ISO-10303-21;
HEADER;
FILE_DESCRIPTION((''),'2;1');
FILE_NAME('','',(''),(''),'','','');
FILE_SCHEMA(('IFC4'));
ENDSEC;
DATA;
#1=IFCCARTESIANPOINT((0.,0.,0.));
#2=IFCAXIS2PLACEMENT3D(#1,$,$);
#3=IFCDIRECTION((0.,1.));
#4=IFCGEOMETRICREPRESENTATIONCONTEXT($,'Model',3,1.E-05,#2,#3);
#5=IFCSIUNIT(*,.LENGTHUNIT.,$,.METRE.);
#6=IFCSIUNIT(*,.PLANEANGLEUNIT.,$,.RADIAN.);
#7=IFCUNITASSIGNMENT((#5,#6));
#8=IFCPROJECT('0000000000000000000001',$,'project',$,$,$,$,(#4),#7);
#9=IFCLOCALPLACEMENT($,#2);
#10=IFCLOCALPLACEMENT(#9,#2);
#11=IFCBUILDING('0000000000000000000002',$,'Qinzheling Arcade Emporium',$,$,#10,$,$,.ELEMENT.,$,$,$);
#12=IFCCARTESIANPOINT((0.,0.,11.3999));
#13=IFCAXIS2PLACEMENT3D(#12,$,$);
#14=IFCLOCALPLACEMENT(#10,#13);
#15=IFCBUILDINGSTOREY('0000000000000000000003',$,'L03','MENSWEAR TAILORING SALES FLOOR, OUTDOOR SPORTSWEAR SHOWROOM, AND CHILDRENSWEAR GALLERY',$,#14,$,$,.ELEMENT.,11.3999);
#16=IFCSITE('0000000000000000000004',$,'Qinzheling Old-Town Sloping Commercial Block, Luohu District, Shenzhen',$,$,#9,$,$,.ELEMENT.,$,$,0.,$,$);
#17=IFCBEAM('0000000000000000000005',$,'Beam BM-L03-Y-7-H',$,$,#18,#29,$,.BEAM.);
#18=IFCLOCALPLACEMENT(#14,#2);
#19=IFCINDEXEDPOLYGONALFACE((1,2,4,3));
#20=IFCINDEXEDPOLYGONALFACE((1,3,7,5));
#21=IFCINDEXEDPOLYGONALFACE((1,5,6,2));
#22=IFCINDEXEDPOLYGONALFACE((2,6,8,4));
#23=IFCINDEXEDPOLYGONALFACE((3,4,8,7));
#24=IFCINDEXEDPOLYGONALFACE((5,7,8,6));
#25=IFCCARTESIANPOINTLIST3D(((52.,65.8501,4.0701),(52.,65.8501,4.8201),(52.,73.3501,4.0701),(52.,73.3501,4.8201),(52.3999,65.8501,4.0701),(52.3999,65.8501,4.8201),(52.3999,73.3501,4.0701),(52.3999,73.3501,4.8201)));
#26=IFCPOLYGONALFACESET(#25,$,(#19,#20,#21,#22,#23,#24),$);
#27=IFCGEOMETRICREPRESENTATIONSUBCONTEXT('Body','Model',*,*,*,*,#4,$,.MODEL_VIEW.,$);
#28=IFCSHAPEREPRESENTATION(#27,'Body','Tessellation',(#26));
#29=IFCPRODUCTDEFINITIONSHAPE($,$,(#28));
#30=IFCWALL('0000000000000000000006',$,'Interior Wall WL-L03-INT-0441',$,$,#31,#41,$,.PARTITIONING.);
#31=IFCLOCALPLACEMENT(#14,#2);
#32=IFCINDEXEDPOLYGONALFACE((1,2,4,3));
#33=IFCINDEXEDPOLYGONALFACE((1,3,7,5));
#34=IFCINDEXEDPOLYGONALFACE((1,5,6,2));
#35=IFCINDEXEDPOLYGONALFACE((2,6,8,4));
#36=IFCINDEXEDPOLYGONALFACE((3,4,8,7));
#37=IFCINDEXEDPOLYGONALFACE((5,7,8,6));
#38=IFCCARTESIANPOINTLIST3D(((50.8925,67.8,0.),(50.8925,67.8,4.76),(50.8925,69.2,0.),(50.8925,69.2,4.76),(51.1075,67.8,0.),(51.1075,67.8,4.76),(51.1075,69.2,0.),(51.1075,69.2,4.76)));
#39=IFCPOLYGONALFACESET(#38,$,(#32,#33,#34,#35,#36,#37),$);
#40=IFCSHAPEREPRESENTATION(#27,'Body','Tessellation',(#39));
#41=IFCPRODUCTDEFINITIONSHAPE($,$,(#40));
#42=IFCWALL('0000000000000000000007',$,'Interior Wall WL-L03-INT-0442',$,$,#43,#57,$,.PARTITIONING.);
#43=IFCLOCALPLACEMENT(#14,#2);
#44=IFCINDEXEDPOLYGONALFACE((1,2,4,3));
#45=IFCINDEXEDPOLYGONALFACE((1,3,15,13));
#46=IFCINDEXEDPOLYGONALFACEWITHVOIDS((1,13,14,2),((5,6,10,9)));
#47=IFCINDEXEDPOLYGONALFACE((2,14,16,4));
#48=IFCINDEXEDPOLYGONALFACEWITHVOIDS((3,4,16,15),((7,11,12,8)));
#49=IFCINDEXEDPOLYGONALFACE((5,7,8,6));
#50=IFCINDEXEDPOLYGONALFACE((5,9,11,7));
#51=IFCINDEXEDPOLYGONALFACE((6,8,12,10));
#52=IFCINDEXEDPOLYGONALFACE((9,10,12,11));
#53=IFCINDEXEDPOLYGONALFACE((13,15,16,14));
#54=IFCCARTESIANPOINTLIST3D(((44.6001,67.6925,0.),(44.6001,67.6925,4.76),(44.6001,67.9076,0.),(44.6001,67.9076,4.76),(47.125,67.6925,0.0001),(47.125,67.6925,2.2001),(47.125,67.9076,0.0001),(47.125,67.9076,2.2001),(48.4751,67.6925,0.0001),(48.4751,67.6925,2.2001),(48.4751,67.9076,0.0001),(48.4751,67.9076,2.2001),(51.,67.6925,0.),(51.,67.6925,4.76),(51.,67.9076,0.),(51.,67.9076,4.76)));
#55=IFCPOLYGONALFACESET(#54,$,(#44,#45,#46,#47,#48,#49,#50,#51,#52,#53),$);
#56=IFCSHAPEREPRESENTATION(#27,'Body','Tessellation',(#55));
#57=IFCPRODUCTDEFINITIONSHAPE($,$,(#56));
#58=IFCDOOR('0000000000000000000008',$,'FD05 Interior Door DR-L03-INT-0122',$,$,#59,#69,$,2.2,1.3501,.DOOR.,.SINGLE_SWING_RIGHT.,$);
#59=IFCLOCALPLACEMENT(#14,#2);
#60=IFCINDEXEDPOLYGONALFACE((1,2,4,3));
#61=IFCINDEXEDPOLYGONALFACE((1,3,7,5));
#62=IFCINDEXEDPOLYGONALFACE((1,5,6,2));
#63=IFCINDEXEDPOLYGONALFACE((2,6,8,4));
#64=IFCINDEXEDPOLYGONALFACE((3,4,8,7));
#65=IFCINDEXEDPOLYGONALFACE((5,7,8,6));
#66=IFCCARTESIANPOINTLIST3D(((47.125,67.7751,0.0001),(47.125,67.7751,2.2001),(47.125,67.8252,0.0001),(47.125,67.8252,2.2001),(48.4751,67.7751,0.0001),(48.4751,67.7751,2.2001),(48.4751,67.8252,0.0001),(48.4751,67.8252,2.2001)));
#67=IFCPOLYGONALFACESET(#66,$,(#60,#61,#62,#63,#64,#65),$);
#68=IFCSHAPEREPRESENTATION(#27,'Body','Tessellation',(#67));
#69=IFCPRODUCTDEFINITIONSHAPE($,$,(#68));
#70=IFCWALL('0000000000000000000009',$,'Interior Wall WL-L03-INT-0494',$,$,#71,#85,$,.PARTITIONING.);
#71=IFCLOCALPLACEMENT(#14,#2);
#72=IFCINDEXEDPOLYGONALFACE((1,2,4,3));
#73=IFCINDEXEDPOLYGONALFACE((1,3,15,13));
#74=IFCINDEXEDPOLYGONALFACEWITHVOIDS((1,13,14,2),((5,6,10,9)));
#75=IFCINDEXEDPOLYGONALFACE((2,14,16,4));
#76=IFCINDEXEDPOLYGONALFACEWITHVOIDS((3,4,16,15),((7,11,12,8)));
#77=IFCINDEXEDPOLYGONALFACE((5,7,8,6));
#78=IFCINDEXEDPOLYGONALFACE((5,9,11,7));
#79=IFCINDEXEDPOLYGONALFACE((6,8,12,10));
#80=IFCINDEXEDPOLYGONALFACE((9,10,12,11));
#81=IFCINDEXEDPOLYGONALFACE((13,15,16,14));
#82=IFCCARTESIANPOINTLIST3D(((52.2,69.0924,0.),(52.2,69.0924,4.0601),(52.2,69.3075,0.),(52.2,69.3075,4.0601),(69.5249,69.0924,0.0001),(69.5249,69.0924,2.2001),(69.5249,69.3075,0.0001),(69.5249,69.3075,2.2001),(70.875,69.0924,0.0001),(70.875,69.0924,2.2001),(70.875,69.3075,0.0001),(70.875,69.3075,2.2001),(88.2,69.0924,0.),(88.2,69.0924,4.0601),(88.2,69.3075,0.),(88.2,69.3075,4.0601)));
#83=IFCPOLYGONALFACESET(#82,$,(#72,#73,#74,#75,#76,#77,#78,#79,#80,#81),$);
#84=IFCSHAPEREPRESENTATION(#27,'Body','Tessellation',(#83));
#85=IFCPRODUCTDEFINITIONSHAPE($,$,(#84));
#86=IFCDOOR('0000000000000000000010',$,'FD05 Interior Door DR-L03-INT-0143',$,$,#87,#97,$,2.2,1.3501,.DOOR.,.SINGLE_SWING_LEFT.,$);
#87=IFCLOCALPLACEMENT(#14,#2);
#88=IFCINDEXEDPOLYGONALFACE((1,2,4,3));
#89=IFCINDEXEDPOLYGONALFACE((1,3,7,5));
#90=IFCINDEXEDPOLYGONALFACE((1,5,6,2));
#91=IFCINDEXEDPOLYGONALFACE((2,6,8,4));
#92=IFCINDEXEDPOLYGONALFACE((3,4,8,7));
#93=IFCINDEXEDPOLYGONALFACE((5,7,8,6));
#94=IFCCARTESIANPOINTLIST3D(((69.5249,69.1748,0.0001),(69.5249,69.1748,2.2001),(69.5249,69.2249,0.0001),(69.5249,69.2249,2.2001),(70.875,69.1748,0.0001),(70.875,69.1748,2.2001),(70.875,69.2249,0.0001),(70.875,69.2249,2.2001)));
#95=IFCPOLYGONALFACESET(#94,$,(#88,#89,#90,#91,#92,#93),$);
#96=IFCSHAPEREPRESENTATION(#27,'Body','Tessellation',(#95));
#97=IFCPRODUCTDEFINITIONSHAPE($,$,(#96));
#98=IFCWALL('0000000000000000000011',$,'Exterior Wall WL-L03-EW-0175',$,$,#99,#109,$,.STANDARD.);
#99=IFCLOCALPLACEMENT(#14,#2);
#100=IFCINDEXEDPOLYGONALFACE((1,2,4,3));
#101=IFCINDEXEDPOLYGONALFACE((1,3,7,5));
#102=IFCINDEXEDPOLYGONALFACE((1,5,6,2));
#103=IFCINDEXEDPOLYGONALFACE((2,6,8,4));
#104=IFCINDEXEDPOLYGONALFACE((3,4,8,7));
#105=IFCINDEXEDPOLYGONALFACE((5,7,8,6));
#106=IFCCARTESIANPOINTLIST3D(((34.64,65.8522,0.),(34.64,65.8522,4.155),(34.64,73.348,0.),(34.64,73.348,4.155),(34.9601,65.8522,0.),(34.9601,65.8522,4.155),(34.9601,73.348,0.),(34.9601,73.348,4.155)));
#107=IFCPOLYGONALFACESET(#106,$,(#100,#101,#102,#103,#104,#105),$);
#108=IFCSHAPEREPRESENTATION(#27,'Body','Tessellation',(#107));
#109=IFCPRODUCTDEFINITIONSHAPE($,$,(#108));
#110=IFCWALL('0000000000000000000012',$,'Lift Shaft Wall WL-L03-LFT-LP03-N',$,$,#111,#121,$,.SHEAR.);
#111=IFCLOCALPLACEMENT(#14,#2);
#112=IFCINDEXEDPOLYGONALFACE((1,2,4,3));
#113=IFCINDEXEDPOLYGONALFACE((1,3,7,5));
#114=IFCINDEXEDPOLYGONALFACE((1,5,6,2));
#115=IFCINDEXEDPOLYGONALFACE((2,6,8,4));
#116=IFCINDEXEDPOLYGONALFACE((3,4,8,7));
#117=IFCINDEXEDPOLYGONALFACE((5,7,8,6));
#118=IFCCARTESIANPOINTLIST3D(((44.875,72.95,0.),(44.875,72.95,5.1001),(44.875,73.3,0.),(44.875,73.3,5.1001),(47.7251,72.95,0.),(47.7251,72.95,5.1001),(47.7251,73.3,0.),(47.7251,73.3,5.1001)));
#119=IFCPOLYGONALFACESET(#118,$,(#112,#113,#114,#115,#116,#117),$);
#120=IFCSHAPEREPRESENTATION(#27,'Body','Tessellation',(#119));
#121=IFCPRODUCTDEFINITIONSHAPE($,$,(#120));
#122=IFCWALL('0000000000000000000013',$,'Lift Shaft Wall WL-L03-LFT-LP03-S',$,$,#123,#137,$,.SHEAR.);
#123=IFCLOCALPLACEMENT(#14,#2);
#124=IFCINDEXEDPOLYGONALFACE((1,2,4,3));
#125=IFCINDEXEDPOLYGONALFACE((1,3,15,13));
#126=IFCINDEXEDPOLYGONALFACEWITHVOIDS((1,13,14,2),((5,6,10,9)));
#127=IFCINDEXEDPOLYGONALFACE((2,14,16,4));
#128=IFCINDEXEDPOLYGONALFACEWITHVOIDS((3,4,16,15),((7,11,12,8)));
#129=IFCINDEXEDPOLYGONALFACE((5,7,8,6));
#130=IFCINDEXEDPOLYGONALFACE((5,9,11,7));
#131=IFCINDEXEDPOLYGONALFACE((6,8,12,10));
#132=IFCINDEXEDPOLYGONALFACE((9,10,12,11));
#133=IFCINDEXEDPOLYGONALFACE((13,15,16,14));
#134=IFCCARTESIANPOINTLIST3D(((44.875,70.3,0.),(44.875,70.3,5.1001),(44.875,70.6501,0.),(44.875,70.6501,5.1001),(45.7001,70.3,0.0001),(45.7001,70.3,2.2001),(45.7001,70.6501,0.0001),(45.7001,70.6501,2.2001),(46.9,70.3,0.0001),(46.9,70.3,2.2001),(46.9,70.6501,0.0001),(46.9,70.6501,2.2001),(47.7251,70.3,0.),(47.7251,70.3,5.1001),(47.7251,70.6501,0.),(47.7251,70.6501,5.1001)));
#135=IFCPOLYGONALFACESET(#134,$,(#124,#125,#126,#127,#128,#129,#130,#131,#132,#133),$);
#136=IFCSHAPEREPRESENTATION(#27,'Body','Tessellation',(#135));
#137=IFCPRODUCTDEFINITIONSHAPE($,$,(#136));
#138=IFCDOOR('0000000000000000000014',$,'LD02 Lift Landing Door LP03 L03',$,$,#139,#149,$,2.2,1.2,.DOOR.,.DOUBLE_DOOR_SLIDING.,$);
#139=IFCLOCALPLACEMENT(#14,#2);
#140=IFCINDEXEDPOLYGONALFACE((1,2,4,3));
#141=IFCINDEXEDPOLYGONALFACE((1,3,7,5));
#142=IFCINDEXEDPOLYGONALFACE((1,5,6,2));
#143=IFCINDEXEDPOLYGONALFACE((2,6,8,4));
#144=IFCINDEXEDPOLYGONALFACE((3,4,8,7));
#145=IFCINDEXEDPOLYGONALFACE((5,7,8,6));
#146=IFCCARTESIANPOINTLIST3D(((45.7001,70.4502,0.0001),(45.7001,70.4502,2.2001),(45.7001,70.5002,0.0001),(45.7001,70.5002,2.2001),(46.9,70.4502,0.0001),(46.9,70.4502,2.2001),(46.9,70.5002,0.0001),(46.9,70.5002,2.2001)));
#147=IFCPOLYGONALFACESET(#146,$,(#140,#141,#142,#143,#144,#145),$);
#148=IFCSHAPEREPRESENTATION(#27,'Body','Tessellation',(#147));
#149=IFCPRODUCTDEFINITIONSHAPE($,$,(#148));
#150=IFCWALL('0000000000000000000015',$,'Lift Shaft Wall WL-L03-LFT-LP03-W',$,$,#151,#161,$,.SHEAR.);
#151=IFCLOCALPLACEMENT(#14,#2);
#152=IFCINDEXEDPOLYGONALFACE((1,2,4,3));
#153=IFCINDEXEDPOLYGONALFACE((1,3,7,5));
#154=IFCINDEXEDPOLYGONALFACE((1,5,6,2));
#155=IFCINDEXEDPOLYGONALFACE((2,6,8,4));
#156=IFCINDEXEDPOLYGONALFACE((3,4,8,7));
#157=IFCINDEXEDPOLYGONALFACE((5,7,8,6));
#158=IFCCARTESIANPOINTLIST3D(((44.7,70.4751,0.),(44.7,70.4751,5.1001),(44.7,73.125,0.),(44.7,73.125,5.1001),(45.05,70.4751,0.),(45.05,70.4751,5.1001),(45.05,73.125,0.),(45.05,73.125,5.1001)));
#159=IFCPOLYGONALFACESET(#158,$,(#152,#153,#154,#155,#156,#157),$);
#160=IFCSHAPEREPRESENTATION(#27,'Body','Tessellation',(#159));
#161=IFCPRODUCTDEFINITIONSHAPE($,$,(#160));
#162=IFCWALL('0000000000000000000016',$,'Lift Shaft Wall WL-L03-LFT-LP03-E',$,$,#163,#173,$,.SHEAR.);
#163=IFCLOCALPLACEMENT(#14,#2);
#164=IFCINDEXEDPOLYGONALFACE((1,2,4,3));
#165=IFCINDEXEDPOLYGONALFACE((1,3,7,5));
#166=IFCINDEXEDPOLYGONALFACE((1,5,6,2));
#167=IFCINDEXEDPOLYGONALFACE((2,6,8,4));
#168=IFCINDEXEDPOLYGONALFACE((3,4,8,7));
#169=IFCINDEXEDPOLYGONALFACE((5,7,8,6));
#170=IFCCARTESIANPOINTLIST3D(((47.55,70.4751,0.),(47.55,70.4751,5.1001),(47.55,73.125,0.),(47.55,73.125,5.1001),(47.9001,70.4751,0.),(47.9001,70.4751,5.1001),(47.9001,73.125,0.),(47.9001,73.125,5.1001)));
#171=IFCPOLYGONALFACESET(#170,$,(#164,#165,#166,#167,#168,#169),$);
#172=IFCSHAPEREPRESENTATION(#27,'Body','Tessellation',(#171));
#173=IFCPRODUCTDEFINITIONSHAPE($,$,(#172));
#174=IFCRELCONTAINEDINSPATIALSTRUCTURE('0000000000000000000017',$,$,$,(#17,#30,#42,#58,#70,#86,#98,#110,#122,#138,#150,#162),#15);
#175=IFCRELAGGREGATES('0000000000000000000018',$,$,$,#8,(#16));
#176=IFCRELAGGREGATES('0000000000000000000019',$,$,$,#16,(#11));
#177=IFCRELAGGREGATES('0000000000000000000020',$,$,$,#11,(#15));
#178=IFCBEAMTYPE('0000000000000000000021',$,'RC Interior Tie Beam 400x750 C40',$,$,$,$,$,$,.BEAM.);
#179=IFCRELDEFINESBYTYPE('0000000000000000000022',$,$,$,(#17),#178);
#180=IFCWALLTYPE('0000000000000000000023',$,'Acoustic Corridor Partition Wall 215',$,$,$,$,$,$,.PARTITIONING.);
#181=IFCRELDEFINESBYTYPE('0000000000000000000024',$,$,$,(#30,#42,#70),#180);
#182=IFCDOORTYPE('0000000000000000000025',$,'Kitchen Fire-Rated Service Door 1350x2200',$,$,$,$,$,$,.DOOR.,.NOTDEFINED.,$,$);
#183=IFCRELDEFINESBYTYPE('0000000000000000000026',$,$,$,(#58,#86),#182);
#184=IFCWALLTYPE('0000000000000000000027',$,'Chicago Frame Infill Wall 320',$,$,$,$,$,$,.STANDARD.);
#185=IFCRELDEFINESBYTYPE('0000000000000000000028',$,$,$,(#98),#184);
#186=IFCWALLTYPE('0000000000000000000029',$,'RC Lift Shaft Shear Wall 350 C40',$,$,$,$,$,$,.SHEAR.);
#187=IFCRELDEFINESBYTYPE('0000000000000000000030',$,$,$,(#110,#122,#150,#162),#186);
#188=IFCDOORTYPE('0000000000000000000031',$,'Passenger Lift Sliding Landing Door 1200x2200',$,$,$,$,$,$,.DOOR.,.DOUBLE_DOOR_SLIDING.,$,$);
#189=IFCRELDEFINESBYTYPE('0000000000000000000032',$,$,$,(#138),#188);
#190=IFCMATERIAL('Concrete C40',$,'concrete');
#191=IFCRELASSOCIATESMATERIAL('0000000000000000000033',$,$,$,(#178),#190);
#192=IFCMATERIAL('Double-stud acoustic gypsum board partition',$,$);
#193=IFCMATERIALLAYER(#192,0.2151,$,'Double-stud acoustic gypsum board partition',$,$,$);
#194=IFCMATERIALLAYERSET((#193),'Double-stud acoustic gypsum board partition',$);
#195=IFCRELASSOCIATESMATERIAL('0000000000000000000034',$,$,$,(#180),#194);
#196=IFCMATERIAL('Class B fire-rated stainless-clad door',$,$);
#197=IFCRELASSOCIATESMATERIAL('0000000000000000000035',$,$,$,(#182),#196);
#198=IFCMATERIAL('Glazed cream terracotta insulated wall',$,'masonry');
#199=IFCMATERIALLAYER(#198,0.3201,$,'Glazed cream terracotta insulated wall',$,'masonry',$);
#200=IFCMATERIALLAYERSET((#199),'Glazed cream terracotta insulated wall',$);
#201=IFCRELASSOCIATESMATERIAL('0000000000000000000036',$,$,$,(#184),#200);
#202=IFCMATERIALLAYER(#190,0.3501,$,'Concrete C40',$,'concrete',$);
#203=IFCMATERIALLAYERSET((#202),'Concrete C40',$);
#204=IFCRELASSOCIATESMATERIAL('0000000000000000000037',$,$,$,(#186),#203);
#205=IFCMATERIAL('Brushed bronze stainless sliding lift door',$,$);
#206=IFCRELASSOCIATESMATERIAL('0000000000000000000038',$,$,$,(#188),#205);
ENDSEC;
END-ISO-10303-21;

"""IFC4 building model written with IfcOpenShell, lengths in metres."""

from ifc_helpers import new_model, si_unit, direction, frame, frame_2d, origin, origin_2d, place, context, subcontext, project, spatial, rectangle, extrude, material, layer, layer_set, material_profile, profile_set, type_object, element, fill, save


model = new_model("IFC4")

# Units and contexts
model_context = context("Model", 3, precision=1e-05, world=origin(), true_north=direction((0.0, 1.0)))
body_context = subcontext(model_context, "Body", "Model", "MODEL_VIEW")
ifc_project = project(units=[si_unit("LENGTHUNIT", "METRE"), si_unit("PLANEANGLEUNIT", "RADIAN")], contexts=[model_context])

# Site, building, storey
site_placement = place(None, origin())
site = spatial("IfcSite", under=ifc_project, at=site_placement, Name="Qinzheling Old-Town Sloping Commercial Block, Luohu District, Shenzhen", CompositionType="ELEMENT", RefElevation=0.0)
building_placement = place(site_placement, origin())
building = spatial("IfcBuilding", under=site, at=building_placement, Name="Qinzheling Arcade Emporium", CompositionType="ELEMENT")
storey_placement = place(building_placement, frame((0.0, 0.0, 11.3999)))
storey = spatial("IfcBuildingStorey", under=building, at=storey_placement, Name="L03", Description="MENSWEAR TAILORING SALES FLOOR, OUTDOOR SPORTSWEAR SHOWROOM, AND CHILDRENSWEAR GALLERY", CompositionType="ELEMENT", Elevation=11.3999)

# Beam
ifc_material_1 = material(Name="Concrete C40", Category="concrete")
ifc_material_profile = material_profile(ifc_material_1, rectangle(XDim=0.3999, YDim=0.75, at=origin_2d()), Name="RC 400x750", Category="concrete")
ifc_profile_set = profile_set([ifc_material_profile], Name="Concrete C40")
beam_type = type_object("IfcBeamType", Name="RC Interior Tie Beam 400x750 C40", PredefinedType="BEAM", material=ifc_profile_set)
beam_placement = place(storey_placement, frame((52.2, 65.8501, 4.4451), z_axis=(0.0, 1.0, 0.0), x_axis=(-1.0, 0.0, 0.0)))
element("IfcBeam", 1, at=beam_placement, inside=storey, type_object=beam_type, Name="Beam BM-L03-Y-7-H", PredefinedType="BEAM", context=body_context, shape_type="SweptSolid", body=[
    extrude(rectangle(XDim=0.3999, YDim=0.75, at=origin_2d()), origin(), (0.0, 0.0, 1.0), 7.5),
])

# Wall
ifc_material_2 = material(Name="Double-stud acoustic gypsum board partition")
ifc_layer_1 = layer(ifc_material_2, 0.2151, Name="Double-stud acoustic gypsum board partition")
ifc_layer_set_1 = layer_set([ifc_layer_1], Name="Double-stud acoustic gypsum board partition")
wall_type_1 = type_object("IfcWallType", Name="Acoustic Corridor Partition Wall 215", PredefinedType="PARTITIONING", material=ifc_layer_set_1)
wall_1_placement = place(storey_placement, frame((51.0, 69.2, 0.0), z_axis=(0.0, 0.0, 1.0), x_axis=(0.0, -1.0, 0.0)))
element("IfcWall", 2, at=wall_1_placement, inside=storey, type_object=wall_type_1, Name="Interior Wall WL-L03-INT-0441", PredefinedType="PARTITIONING", context=body_context, shape_type="SweptSolid", body=[
    extrude(rectangle(XDim=1.3999, YDim=0.2151, at=frame_2d((0.7, 0.0))), origin(), (0.0, 0.0, 1.0), 4.76),
])

# Walls, openings, doors
wall_2_placement = place(storey_placement, frame((51.0, 67.8, 0.0), z_axis=(0.0, 0.0, 1.0), x_axis=(-1.0, 0.0, 0.0)))
wall_2 = element("IfcWall", 3, at=wall_2_placement, inside=storey, type_object=wall_type_1, Name="Interior Wall WL-L03-INT-0442", PredefinedType="PARTITIONING", context=body_context, shape_type="SweptSolid", body=[
    extrude(rectangle(XDim=6.3999, YDim=0.2151, at=frame_2d((3.2, 0.0))), origin(), (0.0, 0.0, 1.0), 4.76),
])
opening_1_placement = place(wall_2_placement, frame((2.5249, 0.0, 0.0)))
opening_1 = element("IfcOpeningElement", 4, at=opening_1_placement, cuts=wall_2, PredefinedType="OPENING", context=body_context, shape_type="SweptSolid", body=[
    extrude(rectangle(XDim=1.3501, YDim=2.2, at=frame_2d((0.675, 1.1001))), frame((0.0, 0.1177, 0.0), z_axis=(0.0, -1.0, 0.0), x_axis=(1.0, 0.0, 0.0)), (0.0, 0.0, 1.0), 0.2351),
])
ifc_material_3 = material(Name="Class B fire-rated stainless-clad door")
door_type_1 = type_object("IfcDoorType", Name="Kitchen Fire-Rated Service Door 1350x2200", OperationType="NOTDEFINED", PredefinedType="DOOR", material=ifc_material_3)
door_1_placement = place(opening_1_placement, origin())
door_1 = element("IfcDoor", 5, at=door_1_placement, inside=storey, type_object=door_type_1, Name="FD05 Interior Door DR-L03-INT-0122", OperationType="SINGLE_SWING_RIGHT", OverallHeight=2.2, OverallWidth=1.3501, PredefinedType="DOOR", context=body_context, shape_type="SweptSolid", body=[
    extrude(rectangle(XDim=1.3501, YDim=2.2, at=frame_2d((0.675, 1.1001))), frame((0.0, 0.0249, 0.0), z_axis=(0.0, -1.0, 0.0), x_axis=(1.0, 0.0, 0.0)), (0.0, 0.0, 1.0), 0.05),
])
fill(opening_1, door_1)
wall_3_placement = place(storey_placement, frame((52.2, 69.2, 0.0), z_axis=(0.0, 0.0, 1.0), x_axis=(1.0, 0.0, 0.0)))
wall_3 = element("IfcWall", 6, at=wall_3_placement, inside=storey, type_object=wall_type_1, Name="Interior Wall WL-L03-INT-0494", PredefinedType="PARTITIONING", context=body_context, shape_type="SweptSolid", body=[
    extrude(rectangle(XDim=36.0, YDim=0.2151, at=frame_2d((18.0, 0.0))), origin(), (0.0, 0.0, 1.0), 4.0601),
])
opening_2_placement = place(wall_3_placement, frame((17.325, 0.0, 0.0)))
opening_2 = element("IfcOpeningElement", 7, at=opening_2_placement, cuts=wall_3, PredefinedType="OPENING", context=body_context, shape_type="SweptSolid", body=[
    extrude(rectangle(XDim=1.3501, YDim=2.2, at=frame_2d((0.675, 1.1001))), frame((0.0, 0.1177, 0.0), z_axis=(0.0, -1.0, 0.0), x_axis=(1.0, 0.0, 0.0)), (0.0, 0.0, 1.0), 0.2351),
])
door_2_placement = place(opening_2_placement, origin())
door_2 = element("IfcDoor", 8, at=door_2_placement, inside=storey, type_object=door_type_1, Name="FD05 Interior Door DR-L03-INT-0143", OperationType="SINGLE_SWING_LEFT", OverallHeight=2.2, OverallWidth=1.3501, PredefinedType="DOOR", context=body_context, shape_type="SweptSolid", body=[
    extrude(rectangle(XDim=1.3501, YDim=2.2, at=frame_2d((0.675, 1.1001))), frame((0.0, 0.0249, 0.0), z_axis=(0.0, -1.0, 0.0), x_axis=(1.0, 0.0, 0.0)), (0.0, 0.0, 1.0), 0.05),
])
fill(opening_2, door_2)

# Walls
ifc_material_4 = material(Name="Glazed cream terracotta insulated wall", Category="masonry")
ifc_layer_2 = layer(ifc_material_4, 0.3201, Name="Glazed cream terracotta insulated wall", Category="masonry")
ifc_layer_set_2 = layer_set([ifc_layer_2], Name="Glazed cream terracotta insulated wall")
wall_type_2 = type_object("IfcWallType", Name="Chicago Frame Infill Wall 320", PredefinedType="STANDARD", material=ifc_layer_set_2)
wall_4_placement = place(storey_placement, frame((34.8, 65.8521, 0.0), z_axis=(0.0, 0.0, 1.0), x_axis=(0.0, 1.0, 0.0)))
element("IfcWall", 9, at=wall_4_placement, inside=storey, type_object=wall_type_2, Name="Exterior Wall WL-L03-EW-0175", PredefinedType="STANDARD", context=body_context, shape_type="SweptSolid", body=[
    extrude(rectangle(XDim=7.4958, YDim=0.3201, at=frame_2d((3.748, 0.0))), origin(), (0.0, 0.0, 1.0), 4.155),
])
ifc_layer_3 = layer(ifc_material_1, 0.3501, Name="Concrete C40", Category="concrete")
ifc_layer_set_3 = layer_set([ifc_layer_3], Name="Concrete C40")
wall_type_3 = type_object("IfcWallType", Name="RC Lift Shaft Shear Wall 350 C40", PredefinedType="SHEAR", material=ifc_layer_set_3)
wall_5_placement = place(storey_placement, frame((44.875, 73.125, 0.0), z_axis=(0.0, 0.0, 1.0), x_axis=(1.0, 0.0, 0.0)))
element("IfcWall", 10, at=wall_5_placement, inside=storey, type_object=wall_type_3, Name="Lift Shaft Wall WL-L03-LFT-LP03-N", PredefinedType="SHEAR", context=body_context, shape_type="SweptSolid", body=[
    extrude(rectangle(XDim=2.8501, YDim=0.3501, at=frame_2d((1.425, 0.0))), origin(), (0.0, 0.0, 1.0), 5.1001),
])

# Wall, opening, door
wall_6_placement = place(storey_placement, frame((47.7251, 70.4751, 0.0), z_axis=(0.0, 0.0, 1.0), x_axis=(-1.0, 0.0, 0.0)))
wall_6 = element("IfcWall", 11, at=wall_6_placement, inside=storey, type_object=wall_type_3, Name="Lift Shaft Wall WL-L03-LFT-LP03-S", PredefinedType="SHEAR", context=body_context, shape_type="SweptSolid", body=[
    extrude(rectangle(XDim=2.8501, YDim=0.3501, at=frame_2d((1.425, 0.0))), origin(), (0.0, 0.0, 1.0), 5.1001),
])
opening_3_placement = place(wall_6_placement, frame((0.825, 0.0, 0.0)))
opening_3 = element("IfcOpeningElement", 12, at=opening_3_placement, cuts=wall_6, PredefinedType="OPENING", context=body_context, shape_type="SweptSolid", body=[
    extrude(rectangle(XDim=1.2, YDim=2.2, at=frame_2d((0.6001, 1.1001))), frame((0.0, 0.1851, 0.0), z_axis=(0.0, -1.0, 0.0), x_axis=(1.0, 0.0, 0.0)), (0.0, 0.0, 1.0), 0.3701),
])
ifc_material_5 = material(Name="Brushed bronze stainless sliding lift door")
door_type_2 = type_object("IfcDoorType", Name="Passenger Lift Sliding Landing Door 1200x2200", OperationType="DOUBLE_DOOR_SLIDING", PredefinedType="DOOR", material=ifc_material_5)
door_3_placement = place(opening_3_placement, origin())
door_3 = element("IfcDoor", 13, at=door_3_placement, inside=storey, type_object=door_type_2, Name="LD02 Lift Landing Door LP03 L03", OperationType="DOUBLE_DOOR_SLIDING", OverallHeight=2.2, OverallWidth=1.2, PredefinedType="DOOR", context=body_context, shape_type="SweptSolid", body=[
    extrude(rectangle(XDim=1.2, YDim=2.2, at=frame_2d((0.6001, 1.1001))), frame((0.0, 0.0249, 0.0), z_axis=(0.0, -1.0, 0.0), x_axis=(1.0, 0.0, 0.0)), (0.0, 0.0, 1.0), 0.05),
])
fill(opening_3, door_3)

# Walls
for number, where, z_axis, x_axis, name in (
    (14, (44.875, 70.4751, 0.0), (0.0, 0.0, 1.0), (0.0, 1.0, 0.0), "Lift Shaft Wall WL-L03-LFT-LP03-W"),
    (15, (47.7251, 73.125, 0.0), (0.0, 0.0, 1.0), (0.0, -1.0, 0.0), "Lift Shaft Wall WL-L03-LFT-LP03-E"),
):
    element("IfcWall", number, at=place(storey_placement, frame(where, z_axis=z_axis, x_axis=x_axis)), inside=storey, type_object=wall_type_3, Name=name, PredefinedType="SHEAR", context=body_context, shape_type="SweptSolid", body=[
        extrude(rectangle(XDim=2.6499, YDim=0.3501, at=frame_2d((1.325, 0.0))), origin(), (0.0, 0.0, 1.0), 5.1001),
    ])

save(model, "model.ifc")
